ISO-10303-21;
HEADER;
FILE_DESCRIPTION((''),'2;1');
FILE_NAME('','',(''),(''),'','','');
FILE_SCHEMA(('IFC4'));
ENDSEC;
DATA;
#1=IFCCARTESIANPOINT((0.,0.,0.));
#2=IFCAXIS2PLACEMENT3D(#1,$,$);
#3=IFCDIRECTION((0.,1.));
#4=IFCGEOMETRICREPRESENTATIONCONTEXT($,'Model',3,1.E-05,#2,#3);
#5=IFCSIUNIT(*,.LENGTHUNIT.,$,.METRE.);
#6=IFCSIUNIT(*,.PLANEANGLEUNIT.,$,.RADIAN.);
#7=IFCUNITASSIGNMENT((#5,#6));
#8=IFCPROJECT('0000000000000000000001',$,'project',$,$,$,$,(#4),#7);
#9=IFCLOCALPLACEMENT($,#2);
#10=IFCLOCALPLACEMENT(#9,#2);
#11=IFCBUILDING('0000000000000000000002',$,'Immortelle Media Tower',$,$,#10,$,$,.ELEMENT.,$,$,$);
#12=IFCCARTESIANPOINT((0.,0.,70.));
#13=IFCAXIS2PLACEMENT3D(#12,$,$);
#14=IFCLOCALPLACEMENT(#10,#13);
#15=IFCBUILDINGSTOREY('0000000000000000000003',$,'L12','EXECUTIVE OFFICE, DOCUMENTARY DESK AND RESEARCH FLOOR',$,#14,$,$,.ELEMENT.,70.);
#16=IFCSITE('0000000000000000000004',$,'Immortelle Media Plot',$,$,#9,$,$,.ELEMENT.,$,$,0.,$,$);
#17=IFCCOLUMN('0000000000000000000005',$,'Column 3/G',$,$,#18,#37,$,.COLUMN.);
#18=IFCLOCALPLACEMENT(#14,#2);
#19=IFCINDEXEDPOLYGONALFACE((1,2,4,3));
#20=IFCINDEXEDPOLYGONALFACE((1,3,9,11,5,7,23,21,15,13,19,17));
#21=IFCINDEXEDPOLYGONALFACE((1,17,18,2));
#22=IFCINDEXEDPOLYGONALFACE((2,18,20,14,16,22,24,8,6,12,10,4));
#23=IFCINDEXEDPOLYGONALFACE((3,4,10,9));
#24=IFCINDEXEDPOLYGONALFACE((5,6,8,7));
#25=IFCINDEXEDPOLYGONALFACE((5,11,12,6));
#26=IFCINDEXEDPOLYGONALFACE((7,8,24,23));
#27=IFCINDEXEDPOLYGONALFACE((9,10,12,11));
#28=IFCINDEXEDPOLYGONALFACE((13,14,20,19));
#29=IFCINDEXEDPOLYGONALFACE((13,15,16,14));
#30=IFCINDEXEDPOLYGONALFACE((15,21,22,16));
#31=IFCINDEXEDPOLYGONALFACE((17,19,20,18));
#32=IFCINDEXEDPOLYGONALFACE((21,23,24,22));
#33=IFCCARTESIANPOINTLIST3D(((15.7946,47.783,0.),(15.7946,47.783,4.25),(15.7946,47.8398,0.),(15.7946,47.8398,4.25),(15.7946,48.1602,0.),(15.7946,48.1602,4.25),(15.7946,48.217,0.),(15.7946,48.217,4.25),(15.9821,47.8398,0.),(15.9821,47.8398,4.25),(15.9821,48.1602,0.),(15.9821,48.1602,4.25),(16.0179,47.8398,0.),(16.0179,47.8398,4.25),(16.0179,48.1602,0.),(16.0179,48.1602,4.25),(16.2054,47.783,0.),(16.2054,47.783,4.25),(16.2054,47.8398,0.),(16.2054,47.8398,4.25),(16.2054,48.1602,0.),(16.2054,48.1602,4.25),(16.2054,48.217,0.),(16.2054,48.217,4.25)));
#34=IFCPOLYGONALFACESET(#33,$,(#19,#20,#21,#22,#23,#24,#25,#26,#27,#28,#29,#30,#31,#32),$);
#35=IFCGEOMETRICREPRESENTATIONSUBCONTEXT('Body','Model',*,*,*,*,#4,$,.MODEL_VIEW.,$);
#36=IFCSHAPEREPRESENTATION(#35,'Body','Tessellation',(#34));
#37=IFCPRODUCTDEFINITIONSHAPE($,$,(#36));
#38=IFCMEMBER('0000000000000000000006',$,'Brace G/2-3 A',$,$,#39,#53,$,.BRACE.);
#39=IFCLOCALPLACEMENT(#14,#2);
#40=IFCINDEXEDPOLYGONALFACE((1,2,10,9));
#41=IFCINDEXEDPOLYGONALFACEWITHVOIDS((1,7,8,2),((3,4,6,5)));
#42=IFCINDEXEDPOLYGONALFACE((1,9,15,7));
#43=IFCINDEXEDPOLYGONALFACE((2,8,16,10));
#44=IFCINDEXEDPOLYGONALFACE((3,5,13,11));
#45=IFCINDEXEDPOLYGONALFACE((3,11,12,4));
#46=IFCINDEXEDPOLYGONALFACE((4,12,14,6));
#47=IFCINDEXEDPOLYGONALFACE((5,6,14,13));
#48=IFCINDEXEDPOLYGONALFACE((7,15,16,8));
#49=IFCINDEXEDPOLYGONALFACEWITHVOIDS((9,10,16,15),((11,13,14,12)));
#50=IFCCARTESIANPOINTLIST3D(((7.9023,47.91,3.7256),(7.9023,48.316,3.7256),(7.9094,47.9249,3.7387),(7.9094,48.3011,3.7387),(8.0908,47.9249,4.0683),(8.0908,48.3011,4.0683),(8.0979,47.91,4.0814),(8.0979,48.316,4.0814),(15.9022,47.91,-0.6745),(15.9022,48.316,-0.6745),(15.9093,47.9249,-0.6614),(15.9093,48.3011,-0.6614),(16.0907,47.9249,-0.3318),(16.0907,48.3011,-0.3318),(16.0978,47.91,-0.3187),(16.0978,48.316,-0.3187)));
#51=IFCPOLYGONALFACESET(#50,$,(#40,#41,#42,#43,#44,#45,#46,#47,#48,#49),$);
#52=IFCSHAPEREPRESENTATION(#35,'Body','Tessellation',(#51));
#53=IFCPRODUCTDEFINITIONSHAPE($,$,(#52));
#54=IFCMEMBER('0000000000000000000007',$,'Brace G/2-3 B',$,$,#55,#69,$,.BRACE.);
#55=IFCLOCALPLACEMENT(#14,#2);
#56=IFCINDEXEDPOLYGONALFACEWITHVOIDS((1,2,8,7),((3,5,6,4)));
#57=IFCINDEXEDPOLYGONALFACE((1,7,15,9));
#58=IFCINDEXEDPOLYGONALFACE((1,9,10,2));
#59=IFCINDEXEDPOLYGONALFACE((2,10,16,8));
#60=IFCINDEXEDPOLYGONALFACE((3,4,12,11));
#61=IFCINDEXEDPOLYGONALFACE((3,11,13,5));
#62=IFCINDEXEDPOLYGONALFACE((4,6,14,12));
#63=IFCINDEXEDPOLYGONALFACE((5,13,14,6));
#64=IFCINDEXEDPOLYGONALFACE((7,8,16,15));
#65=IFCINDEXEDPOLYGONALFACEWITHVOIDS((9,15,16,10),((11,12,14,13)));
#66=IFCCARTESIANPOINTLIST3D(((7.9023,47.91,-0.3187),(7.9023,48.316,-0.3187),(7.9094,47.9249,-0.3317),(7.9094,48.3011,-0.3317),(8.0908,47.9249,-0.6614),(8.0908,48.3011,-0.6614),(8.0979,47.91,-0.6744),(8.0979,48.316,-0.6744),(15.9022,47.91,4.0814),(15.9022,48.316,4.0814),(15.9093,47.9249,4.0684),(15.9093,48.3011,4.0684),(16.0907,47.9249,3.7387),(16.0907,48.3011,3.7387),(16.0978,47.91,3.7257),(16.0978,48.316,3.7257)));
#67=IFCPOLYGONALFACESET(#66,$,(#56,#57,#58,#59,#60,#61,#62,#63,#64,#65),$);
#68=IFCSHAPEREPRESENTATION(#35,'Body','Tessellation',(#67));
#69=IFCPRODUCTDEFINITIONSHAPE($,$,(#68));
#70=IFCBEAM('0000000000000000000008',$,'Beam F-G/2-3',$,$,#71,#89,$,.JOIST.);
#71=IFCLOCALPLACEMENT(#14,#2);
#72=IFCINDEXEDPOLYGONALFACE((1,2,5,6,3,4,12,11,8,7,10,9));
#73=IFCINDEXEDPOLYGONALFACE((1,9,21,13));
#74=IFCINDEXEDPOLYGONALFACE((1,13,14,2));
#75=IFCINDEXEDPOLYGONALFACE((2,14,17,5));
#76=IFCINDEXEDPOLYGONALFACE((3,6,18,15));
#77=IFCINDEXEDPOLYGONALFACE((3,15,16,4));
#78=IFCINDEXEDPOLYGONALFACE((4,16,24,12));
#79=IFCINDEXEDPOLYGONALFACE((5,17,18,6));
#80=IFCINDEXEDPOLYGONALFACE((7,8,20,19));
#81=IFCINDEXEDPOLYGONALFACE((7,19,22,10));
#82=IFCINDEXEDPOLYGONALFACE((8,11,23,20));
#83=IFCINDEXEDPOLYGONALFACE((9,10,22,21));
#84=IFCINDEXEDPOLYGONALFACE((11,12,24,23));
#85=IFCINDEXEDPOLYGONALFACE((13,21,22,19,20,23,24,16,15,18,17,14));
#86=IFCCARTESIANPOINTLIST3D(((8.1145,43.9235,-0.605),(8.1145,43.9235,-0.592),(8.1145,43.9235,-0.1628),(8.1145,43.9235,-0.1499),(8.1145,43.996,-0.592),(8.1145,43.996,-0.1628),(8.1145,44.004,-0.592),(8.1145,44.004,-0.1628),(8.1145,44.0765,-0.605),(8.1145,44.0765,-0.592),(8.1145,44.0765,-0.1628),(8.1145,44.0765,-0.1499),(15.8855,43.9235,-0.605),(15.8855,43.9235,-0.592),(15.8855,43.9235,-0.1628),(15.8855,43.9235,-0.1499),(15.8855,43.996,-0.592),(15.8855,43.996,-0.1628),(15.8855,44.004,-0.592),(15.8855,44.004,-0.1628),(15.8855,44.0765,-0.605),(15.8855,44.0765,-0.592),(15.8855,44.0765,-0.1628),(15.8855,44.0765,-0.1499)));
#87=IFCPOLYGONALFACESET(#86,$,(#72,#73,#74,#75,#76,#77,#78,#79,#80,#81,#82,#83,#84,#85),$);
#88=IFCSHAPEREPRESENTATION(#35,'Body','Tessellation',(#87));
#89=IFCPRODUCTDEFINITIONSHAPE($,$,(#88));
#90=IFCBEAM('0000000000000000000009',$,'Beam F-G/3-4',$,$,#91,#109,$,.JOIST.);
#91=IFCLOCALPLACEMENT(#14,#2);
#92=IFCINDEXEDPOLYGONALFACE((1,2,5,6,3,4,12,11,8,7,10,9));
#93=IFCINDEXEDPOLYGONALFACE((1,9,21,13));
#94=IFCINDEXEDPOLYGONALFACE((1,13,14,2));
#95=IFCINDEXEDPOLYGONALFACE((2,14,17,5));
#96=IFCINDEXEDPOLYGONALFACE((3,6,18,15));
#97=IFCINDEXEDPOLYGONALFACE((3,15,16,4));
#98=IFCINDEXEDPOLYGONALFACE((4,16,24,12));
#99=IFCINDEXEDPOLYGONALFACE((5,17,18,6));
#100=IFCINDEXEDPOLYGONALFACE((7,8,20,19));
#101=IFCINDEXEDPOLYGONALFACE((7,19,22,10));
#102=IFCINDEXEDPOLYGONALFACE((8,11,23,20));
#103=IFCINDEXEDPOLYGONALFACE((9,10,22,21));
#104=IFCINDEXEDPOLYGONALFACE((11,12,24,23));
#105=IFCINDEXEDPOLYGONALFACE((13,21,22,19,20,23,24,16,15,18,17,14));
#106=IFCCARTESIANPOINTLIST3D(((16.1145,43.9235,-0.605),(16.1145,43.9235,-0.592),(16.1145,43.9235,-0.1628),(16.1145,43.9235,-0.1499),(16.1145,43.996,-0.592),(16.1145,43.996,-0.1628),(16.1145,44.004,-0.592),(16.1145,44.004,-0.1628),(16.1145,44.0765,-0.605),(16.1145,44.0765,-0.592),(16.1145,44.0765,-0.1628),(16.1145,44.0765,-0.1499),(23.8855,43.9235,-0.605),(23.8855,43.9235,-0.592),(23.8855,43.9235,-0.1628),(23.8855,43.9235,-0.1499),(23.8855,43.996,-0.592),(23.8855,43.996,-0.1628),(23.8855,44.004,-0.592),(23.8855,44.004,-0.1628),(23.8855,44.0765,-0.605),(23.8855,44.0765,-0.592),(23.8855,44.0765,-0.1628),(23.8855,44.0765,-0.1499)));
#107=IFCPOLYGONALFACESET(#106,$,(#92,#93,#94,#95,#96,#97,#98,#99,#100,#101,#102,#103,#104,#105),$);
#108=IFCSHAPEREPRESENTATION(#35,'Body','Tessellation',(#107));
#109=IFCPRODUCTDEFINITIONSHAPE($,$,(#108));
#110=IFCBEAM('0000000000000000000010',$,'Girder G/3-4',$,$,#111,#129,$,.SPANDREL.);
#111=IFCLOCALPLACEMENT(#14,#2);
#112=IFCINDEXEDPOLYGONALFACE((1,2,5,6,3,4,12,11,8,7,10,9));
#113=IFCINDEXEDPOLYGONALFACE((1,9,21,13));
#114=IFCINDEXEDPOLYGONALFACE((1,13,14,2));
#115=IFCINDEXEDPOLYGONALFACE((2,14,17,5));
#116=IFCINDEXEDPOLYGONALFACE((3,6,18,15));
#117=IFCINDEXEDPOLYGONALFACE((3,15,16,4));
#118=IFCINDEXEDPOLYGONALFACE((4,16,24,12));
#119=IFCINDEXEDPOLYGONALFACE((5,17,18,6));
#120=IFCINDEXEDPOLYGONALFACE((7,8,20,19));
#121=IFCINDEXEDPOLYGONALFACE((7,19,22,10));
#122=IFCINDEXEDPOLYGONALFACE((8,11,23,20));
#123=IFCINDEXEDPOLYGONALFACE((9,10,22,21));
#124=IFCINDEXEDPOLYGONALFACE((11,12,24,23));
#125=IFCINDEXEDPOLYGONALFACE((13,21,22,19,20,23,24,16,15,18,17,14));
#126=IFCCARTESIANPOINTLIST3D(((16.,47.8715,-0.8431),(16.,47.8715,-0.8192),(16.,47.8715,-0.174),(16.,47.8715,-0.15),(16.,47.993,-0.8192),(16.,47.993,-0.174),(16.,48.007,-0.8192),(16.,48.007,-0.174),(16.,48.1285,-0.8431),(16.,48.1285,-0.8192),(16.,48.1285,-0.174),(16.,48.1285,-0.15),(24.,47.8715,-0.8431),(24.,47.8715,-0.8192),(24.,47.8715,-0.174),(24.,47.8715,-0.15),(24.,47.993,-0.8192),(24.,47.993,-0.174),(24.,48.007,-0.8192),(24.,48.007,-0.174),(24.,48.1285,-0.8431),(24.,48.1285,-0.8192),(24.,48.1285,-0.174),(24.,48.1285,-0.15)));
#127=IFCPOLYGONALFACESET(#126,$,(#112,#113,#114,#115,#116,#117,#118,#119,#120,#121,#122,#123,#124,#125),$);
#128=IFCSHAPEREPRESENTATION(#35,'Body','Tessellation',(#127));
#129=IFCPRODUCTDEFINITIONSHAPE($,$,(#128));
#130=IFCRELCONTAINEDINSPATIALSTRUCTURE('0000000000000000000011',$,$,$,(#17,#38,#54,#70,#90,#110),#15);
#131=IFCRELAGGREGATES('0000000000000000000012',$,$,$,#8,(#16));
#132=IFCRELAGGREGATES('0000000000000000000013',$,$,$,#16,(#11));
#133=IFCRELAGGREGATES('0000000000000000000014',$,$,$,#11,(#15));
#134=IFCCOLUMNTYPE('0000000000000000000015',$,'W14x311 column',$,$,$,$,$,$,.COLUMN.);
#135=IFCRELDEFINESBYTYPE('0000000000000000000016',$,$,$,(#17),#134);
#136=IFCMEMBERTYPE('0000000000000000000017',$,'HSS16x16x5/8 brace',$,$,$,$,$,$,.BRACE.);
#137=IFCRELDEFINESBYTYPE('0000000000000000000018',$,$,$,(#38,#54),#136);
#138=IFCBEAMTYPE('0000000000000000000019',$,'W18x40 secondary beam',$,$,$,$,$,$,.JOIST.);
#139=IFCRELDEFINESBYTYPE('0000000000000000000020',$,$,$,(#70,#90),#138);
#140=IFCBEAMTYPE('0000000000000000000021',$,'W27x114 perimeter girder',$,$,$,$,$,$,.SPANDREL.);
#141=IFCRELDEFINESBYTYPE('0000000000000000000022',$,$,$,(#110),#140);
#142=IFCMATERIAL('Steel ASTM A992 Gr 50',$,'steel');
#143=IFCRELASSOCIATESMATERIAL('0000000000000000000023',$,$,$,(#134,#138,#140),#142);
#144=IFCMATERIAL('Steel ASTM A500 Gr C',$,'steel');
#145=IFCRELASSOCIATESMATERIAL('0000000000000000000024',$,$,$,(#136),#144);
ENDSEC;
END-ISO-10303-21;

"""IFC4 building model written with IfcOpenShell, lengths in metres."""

from ifc_helpers import new_model, si_unit, direction, frame, origin, origin_2d, place, context, subcontext, project, spatial, hollow_rectangle, i_section, extrude, material, material_profile, profile_set, type_object, element, save


model = new_model("IFC4")

# Units and contexts
model_context = context("Model", 3, precision=1e-05, world=origin(), true_north=direction((0.0, 1.0)))
body_context = subcontext(model_context, "Body", "Model", "MODEL_VIEW")
ifc_project = project(units=[si_unit("LENGTHUNIT", "METRE"), si_unit("PLANEANGLEUNIT", "RADIAN")], contexts=[model_context])

# Site, building, storey
site_placement = place(None, origin())
site = spatial("IfcSite", under=ifc_project, at=site_placement, Name="Immortelle Media Plot", CompositionType="ELEMENT", RefElevation=0.0)
building_placement = place(site_placement, origin())
building = spatial("IfcBuilding", under=site, at=building_placement, Name="Immortelle Media Tower", CompositionType="ELEMENT")
storey_placement = place(building_placement, frame((0.0, 0.0, 70.0)))
storey = spatial("IfcBuildingStorey", under=building, at=storey_placement, Name="L12", Description="EXECUTIVE OFFICE, DOCUMENTARY DESK AND RESEARCH FLOOR", CompositionType="ELEMENT", Elevation=70.0)

# Column
ifc_material_1 = material(Name="Steel ASTM A992 Gr 50", Category="steel")
ifc_material_profile_1 = material_profile(ifc_material_1, i_section(OverallWidth=0.4109, OverallDepth=0.4341, WebThickness=0.0359, FlangeThickness=0.0569, at=origin_2d()), Name="W14x311")
ifc_profile_set_1 = profile_set([ifc_material_profile_1], Name="Steel ASTM A992 Gr 50")
column_type = type_object("IfcColumnType", Name="W14x311 column", PredefinedType="COLUMN", material=ifc_profile_set_1)
column_placement = place(storey_placement, frame((16.0, 48.0, 0.0), z_axis=(0.0, 0.0, 1.0), x_axis=(1.0, 0.0, 0.0)))
element("IfcColumn", 1, at=column_placement, inside=storey, type_object=column_type, Name="Column 3/G", PredefinedType="COLUMN", context=body_context, shape_type="SweptSolid", body=[
    extrude(i_section(OverallWidth=0.4109, OverallDepth=0.4341, WebThickness=0.0359, FlangeThickness=0.0569, at=origin_2d()), origin(), (0.0, 0.0, 1.0), 4.25),
])

# Members
ifc_material_2 = material(Name="Steel ASTM A500 Gr C", Category="steel")
ifc_material_profile_2 = material_profile(ifc_material_2, hollow_rectangle(XDim=0.406, YDim=0.406, WallThickness=0.0149, at=origin_2d()), Name="HSS16x16x5/8 brace")
ifc_profile_set_2 = profile_set([ifc_material_profile_2], Name="Steel ASTM A500 Gr C")
member_type = type_object("IfcMemberType", Name="HSS16x16x5/8 brace", PredefinedType="BRACE", material=ifc_profile_set_2)
for number, where, z_axis, x_axis, name in (
    (2, (16.0, 48.113, -0.4966), (-0.876209, 0.0, 0.481931), (0.0, -1.0, 0.0), "Brace G/2-3 A"),
    (3, (16.0, 48.113, 3.9036), (-0.876209, 0.0, -0.481931), (0.0, -1.0, 0.0), "Brace G/2-3 B"),
):
    element("IfcMember", number, at=place(storey_placement, frame(where, z_axis=z_axis, x_axis=x_axis)), inside=storey, type_object=member_type, Name=name, PredefinedType="BRACE", context=body_context, shape_type="SweptSolid", body=[
        extrude(hollow_rectangle(XDim=0.406, YDim=0.406, WallThickness=0.0149, at=origin_2d()), origin(), (0.0, 0.0, 1.0), 9.1301),
    ])

# Beams
ifc_material_profile_3 = material_profile(ifc_material_1, i_section(OverallWidth=0.1531, OverallDepth=0.4551, WebThickness=0.0081, FlangeThickness=0.0129, at=origin_2d()), Name="W18x40")
ifc_profile_set_3 = profile_set([ifc_material_profile_3], Name="Steel ASTM A992 Gr 50")
beam_type_1 = type_object("IfcBeamType", Name="W18x40 secondary beam", PredefinedType="JOIST", material=ifc_profile_set_3)
for number, where, z_axis, x_axis, name in (
    (4, (8.1145, 44.0, -0.3774), (1.0, 0.0, 0.0), (0.0, 1.0, 0.0), "Beam F-G/2-3"),
    (5, (16.1145, 44.0, -0.3774), (1.0, 0.0, 0.0), (0.0, 1.0, 0.0), "Beam F-G/3-4"),
):
    element("IfcBeam", number, at=place(storey_placement, frame(where, z_axis=z_axis, x_axis=x_axis)), inside=storey, type_object=beam_type_1, Name=name, PredefinedType="JOIST", context=body_context, shape_type="SweptSolid", body=[
        extrude(i_section(OverallWidth=0.1531, OverallDepth=0.4551, WebThickness=0.0081, FlangeThickness=0.0129, at=origin_2d()), origin(), (0.0, 0.0, 1.0), 7.771),
    ])
ifc_material_profile_4 = material_profile(ifc_material_1, i_section(OverallWidth=0.2571, OverallDepth=0.6931, WebThickness=0.0139, FlangeThickness=0.0239, at=origin_2d()), Name="W27x114")
ifc_profile_set_4 = profile_set([ifc_material_profile_4], Name="Steel ASTM A992 Gr 50")
beam_type_2 = type_object("IfcBeamType", Name="W27x114 perimeter girder", PredefinedType="SPANDREL", material=ifc_profile_set_4)
beam_placement = place(storey_placement, frame((16.0, 48.0, -0.4966), z_axis=(1.0, 0.0, 0.0), x_axis=(0.0, 1.0, 0.0)))
element("IfcBeam", 6, at=beam_placement, inside=storey, type_object=beam_type_2, Name="Girder G/3-4", PredefinedType="SPANDREL", context=body_context, shape_type="SweptSolid", body=[
    extrude(i_section(OverallWidth=0.2571, OverallDepth=0.6931, WebThickness=0.0139, FlangeThickness=0.0239, at=origin_2d()), origin(), (0.0, 0.0, 1.0), 8.0),
])

save(model, "model.ifc")
